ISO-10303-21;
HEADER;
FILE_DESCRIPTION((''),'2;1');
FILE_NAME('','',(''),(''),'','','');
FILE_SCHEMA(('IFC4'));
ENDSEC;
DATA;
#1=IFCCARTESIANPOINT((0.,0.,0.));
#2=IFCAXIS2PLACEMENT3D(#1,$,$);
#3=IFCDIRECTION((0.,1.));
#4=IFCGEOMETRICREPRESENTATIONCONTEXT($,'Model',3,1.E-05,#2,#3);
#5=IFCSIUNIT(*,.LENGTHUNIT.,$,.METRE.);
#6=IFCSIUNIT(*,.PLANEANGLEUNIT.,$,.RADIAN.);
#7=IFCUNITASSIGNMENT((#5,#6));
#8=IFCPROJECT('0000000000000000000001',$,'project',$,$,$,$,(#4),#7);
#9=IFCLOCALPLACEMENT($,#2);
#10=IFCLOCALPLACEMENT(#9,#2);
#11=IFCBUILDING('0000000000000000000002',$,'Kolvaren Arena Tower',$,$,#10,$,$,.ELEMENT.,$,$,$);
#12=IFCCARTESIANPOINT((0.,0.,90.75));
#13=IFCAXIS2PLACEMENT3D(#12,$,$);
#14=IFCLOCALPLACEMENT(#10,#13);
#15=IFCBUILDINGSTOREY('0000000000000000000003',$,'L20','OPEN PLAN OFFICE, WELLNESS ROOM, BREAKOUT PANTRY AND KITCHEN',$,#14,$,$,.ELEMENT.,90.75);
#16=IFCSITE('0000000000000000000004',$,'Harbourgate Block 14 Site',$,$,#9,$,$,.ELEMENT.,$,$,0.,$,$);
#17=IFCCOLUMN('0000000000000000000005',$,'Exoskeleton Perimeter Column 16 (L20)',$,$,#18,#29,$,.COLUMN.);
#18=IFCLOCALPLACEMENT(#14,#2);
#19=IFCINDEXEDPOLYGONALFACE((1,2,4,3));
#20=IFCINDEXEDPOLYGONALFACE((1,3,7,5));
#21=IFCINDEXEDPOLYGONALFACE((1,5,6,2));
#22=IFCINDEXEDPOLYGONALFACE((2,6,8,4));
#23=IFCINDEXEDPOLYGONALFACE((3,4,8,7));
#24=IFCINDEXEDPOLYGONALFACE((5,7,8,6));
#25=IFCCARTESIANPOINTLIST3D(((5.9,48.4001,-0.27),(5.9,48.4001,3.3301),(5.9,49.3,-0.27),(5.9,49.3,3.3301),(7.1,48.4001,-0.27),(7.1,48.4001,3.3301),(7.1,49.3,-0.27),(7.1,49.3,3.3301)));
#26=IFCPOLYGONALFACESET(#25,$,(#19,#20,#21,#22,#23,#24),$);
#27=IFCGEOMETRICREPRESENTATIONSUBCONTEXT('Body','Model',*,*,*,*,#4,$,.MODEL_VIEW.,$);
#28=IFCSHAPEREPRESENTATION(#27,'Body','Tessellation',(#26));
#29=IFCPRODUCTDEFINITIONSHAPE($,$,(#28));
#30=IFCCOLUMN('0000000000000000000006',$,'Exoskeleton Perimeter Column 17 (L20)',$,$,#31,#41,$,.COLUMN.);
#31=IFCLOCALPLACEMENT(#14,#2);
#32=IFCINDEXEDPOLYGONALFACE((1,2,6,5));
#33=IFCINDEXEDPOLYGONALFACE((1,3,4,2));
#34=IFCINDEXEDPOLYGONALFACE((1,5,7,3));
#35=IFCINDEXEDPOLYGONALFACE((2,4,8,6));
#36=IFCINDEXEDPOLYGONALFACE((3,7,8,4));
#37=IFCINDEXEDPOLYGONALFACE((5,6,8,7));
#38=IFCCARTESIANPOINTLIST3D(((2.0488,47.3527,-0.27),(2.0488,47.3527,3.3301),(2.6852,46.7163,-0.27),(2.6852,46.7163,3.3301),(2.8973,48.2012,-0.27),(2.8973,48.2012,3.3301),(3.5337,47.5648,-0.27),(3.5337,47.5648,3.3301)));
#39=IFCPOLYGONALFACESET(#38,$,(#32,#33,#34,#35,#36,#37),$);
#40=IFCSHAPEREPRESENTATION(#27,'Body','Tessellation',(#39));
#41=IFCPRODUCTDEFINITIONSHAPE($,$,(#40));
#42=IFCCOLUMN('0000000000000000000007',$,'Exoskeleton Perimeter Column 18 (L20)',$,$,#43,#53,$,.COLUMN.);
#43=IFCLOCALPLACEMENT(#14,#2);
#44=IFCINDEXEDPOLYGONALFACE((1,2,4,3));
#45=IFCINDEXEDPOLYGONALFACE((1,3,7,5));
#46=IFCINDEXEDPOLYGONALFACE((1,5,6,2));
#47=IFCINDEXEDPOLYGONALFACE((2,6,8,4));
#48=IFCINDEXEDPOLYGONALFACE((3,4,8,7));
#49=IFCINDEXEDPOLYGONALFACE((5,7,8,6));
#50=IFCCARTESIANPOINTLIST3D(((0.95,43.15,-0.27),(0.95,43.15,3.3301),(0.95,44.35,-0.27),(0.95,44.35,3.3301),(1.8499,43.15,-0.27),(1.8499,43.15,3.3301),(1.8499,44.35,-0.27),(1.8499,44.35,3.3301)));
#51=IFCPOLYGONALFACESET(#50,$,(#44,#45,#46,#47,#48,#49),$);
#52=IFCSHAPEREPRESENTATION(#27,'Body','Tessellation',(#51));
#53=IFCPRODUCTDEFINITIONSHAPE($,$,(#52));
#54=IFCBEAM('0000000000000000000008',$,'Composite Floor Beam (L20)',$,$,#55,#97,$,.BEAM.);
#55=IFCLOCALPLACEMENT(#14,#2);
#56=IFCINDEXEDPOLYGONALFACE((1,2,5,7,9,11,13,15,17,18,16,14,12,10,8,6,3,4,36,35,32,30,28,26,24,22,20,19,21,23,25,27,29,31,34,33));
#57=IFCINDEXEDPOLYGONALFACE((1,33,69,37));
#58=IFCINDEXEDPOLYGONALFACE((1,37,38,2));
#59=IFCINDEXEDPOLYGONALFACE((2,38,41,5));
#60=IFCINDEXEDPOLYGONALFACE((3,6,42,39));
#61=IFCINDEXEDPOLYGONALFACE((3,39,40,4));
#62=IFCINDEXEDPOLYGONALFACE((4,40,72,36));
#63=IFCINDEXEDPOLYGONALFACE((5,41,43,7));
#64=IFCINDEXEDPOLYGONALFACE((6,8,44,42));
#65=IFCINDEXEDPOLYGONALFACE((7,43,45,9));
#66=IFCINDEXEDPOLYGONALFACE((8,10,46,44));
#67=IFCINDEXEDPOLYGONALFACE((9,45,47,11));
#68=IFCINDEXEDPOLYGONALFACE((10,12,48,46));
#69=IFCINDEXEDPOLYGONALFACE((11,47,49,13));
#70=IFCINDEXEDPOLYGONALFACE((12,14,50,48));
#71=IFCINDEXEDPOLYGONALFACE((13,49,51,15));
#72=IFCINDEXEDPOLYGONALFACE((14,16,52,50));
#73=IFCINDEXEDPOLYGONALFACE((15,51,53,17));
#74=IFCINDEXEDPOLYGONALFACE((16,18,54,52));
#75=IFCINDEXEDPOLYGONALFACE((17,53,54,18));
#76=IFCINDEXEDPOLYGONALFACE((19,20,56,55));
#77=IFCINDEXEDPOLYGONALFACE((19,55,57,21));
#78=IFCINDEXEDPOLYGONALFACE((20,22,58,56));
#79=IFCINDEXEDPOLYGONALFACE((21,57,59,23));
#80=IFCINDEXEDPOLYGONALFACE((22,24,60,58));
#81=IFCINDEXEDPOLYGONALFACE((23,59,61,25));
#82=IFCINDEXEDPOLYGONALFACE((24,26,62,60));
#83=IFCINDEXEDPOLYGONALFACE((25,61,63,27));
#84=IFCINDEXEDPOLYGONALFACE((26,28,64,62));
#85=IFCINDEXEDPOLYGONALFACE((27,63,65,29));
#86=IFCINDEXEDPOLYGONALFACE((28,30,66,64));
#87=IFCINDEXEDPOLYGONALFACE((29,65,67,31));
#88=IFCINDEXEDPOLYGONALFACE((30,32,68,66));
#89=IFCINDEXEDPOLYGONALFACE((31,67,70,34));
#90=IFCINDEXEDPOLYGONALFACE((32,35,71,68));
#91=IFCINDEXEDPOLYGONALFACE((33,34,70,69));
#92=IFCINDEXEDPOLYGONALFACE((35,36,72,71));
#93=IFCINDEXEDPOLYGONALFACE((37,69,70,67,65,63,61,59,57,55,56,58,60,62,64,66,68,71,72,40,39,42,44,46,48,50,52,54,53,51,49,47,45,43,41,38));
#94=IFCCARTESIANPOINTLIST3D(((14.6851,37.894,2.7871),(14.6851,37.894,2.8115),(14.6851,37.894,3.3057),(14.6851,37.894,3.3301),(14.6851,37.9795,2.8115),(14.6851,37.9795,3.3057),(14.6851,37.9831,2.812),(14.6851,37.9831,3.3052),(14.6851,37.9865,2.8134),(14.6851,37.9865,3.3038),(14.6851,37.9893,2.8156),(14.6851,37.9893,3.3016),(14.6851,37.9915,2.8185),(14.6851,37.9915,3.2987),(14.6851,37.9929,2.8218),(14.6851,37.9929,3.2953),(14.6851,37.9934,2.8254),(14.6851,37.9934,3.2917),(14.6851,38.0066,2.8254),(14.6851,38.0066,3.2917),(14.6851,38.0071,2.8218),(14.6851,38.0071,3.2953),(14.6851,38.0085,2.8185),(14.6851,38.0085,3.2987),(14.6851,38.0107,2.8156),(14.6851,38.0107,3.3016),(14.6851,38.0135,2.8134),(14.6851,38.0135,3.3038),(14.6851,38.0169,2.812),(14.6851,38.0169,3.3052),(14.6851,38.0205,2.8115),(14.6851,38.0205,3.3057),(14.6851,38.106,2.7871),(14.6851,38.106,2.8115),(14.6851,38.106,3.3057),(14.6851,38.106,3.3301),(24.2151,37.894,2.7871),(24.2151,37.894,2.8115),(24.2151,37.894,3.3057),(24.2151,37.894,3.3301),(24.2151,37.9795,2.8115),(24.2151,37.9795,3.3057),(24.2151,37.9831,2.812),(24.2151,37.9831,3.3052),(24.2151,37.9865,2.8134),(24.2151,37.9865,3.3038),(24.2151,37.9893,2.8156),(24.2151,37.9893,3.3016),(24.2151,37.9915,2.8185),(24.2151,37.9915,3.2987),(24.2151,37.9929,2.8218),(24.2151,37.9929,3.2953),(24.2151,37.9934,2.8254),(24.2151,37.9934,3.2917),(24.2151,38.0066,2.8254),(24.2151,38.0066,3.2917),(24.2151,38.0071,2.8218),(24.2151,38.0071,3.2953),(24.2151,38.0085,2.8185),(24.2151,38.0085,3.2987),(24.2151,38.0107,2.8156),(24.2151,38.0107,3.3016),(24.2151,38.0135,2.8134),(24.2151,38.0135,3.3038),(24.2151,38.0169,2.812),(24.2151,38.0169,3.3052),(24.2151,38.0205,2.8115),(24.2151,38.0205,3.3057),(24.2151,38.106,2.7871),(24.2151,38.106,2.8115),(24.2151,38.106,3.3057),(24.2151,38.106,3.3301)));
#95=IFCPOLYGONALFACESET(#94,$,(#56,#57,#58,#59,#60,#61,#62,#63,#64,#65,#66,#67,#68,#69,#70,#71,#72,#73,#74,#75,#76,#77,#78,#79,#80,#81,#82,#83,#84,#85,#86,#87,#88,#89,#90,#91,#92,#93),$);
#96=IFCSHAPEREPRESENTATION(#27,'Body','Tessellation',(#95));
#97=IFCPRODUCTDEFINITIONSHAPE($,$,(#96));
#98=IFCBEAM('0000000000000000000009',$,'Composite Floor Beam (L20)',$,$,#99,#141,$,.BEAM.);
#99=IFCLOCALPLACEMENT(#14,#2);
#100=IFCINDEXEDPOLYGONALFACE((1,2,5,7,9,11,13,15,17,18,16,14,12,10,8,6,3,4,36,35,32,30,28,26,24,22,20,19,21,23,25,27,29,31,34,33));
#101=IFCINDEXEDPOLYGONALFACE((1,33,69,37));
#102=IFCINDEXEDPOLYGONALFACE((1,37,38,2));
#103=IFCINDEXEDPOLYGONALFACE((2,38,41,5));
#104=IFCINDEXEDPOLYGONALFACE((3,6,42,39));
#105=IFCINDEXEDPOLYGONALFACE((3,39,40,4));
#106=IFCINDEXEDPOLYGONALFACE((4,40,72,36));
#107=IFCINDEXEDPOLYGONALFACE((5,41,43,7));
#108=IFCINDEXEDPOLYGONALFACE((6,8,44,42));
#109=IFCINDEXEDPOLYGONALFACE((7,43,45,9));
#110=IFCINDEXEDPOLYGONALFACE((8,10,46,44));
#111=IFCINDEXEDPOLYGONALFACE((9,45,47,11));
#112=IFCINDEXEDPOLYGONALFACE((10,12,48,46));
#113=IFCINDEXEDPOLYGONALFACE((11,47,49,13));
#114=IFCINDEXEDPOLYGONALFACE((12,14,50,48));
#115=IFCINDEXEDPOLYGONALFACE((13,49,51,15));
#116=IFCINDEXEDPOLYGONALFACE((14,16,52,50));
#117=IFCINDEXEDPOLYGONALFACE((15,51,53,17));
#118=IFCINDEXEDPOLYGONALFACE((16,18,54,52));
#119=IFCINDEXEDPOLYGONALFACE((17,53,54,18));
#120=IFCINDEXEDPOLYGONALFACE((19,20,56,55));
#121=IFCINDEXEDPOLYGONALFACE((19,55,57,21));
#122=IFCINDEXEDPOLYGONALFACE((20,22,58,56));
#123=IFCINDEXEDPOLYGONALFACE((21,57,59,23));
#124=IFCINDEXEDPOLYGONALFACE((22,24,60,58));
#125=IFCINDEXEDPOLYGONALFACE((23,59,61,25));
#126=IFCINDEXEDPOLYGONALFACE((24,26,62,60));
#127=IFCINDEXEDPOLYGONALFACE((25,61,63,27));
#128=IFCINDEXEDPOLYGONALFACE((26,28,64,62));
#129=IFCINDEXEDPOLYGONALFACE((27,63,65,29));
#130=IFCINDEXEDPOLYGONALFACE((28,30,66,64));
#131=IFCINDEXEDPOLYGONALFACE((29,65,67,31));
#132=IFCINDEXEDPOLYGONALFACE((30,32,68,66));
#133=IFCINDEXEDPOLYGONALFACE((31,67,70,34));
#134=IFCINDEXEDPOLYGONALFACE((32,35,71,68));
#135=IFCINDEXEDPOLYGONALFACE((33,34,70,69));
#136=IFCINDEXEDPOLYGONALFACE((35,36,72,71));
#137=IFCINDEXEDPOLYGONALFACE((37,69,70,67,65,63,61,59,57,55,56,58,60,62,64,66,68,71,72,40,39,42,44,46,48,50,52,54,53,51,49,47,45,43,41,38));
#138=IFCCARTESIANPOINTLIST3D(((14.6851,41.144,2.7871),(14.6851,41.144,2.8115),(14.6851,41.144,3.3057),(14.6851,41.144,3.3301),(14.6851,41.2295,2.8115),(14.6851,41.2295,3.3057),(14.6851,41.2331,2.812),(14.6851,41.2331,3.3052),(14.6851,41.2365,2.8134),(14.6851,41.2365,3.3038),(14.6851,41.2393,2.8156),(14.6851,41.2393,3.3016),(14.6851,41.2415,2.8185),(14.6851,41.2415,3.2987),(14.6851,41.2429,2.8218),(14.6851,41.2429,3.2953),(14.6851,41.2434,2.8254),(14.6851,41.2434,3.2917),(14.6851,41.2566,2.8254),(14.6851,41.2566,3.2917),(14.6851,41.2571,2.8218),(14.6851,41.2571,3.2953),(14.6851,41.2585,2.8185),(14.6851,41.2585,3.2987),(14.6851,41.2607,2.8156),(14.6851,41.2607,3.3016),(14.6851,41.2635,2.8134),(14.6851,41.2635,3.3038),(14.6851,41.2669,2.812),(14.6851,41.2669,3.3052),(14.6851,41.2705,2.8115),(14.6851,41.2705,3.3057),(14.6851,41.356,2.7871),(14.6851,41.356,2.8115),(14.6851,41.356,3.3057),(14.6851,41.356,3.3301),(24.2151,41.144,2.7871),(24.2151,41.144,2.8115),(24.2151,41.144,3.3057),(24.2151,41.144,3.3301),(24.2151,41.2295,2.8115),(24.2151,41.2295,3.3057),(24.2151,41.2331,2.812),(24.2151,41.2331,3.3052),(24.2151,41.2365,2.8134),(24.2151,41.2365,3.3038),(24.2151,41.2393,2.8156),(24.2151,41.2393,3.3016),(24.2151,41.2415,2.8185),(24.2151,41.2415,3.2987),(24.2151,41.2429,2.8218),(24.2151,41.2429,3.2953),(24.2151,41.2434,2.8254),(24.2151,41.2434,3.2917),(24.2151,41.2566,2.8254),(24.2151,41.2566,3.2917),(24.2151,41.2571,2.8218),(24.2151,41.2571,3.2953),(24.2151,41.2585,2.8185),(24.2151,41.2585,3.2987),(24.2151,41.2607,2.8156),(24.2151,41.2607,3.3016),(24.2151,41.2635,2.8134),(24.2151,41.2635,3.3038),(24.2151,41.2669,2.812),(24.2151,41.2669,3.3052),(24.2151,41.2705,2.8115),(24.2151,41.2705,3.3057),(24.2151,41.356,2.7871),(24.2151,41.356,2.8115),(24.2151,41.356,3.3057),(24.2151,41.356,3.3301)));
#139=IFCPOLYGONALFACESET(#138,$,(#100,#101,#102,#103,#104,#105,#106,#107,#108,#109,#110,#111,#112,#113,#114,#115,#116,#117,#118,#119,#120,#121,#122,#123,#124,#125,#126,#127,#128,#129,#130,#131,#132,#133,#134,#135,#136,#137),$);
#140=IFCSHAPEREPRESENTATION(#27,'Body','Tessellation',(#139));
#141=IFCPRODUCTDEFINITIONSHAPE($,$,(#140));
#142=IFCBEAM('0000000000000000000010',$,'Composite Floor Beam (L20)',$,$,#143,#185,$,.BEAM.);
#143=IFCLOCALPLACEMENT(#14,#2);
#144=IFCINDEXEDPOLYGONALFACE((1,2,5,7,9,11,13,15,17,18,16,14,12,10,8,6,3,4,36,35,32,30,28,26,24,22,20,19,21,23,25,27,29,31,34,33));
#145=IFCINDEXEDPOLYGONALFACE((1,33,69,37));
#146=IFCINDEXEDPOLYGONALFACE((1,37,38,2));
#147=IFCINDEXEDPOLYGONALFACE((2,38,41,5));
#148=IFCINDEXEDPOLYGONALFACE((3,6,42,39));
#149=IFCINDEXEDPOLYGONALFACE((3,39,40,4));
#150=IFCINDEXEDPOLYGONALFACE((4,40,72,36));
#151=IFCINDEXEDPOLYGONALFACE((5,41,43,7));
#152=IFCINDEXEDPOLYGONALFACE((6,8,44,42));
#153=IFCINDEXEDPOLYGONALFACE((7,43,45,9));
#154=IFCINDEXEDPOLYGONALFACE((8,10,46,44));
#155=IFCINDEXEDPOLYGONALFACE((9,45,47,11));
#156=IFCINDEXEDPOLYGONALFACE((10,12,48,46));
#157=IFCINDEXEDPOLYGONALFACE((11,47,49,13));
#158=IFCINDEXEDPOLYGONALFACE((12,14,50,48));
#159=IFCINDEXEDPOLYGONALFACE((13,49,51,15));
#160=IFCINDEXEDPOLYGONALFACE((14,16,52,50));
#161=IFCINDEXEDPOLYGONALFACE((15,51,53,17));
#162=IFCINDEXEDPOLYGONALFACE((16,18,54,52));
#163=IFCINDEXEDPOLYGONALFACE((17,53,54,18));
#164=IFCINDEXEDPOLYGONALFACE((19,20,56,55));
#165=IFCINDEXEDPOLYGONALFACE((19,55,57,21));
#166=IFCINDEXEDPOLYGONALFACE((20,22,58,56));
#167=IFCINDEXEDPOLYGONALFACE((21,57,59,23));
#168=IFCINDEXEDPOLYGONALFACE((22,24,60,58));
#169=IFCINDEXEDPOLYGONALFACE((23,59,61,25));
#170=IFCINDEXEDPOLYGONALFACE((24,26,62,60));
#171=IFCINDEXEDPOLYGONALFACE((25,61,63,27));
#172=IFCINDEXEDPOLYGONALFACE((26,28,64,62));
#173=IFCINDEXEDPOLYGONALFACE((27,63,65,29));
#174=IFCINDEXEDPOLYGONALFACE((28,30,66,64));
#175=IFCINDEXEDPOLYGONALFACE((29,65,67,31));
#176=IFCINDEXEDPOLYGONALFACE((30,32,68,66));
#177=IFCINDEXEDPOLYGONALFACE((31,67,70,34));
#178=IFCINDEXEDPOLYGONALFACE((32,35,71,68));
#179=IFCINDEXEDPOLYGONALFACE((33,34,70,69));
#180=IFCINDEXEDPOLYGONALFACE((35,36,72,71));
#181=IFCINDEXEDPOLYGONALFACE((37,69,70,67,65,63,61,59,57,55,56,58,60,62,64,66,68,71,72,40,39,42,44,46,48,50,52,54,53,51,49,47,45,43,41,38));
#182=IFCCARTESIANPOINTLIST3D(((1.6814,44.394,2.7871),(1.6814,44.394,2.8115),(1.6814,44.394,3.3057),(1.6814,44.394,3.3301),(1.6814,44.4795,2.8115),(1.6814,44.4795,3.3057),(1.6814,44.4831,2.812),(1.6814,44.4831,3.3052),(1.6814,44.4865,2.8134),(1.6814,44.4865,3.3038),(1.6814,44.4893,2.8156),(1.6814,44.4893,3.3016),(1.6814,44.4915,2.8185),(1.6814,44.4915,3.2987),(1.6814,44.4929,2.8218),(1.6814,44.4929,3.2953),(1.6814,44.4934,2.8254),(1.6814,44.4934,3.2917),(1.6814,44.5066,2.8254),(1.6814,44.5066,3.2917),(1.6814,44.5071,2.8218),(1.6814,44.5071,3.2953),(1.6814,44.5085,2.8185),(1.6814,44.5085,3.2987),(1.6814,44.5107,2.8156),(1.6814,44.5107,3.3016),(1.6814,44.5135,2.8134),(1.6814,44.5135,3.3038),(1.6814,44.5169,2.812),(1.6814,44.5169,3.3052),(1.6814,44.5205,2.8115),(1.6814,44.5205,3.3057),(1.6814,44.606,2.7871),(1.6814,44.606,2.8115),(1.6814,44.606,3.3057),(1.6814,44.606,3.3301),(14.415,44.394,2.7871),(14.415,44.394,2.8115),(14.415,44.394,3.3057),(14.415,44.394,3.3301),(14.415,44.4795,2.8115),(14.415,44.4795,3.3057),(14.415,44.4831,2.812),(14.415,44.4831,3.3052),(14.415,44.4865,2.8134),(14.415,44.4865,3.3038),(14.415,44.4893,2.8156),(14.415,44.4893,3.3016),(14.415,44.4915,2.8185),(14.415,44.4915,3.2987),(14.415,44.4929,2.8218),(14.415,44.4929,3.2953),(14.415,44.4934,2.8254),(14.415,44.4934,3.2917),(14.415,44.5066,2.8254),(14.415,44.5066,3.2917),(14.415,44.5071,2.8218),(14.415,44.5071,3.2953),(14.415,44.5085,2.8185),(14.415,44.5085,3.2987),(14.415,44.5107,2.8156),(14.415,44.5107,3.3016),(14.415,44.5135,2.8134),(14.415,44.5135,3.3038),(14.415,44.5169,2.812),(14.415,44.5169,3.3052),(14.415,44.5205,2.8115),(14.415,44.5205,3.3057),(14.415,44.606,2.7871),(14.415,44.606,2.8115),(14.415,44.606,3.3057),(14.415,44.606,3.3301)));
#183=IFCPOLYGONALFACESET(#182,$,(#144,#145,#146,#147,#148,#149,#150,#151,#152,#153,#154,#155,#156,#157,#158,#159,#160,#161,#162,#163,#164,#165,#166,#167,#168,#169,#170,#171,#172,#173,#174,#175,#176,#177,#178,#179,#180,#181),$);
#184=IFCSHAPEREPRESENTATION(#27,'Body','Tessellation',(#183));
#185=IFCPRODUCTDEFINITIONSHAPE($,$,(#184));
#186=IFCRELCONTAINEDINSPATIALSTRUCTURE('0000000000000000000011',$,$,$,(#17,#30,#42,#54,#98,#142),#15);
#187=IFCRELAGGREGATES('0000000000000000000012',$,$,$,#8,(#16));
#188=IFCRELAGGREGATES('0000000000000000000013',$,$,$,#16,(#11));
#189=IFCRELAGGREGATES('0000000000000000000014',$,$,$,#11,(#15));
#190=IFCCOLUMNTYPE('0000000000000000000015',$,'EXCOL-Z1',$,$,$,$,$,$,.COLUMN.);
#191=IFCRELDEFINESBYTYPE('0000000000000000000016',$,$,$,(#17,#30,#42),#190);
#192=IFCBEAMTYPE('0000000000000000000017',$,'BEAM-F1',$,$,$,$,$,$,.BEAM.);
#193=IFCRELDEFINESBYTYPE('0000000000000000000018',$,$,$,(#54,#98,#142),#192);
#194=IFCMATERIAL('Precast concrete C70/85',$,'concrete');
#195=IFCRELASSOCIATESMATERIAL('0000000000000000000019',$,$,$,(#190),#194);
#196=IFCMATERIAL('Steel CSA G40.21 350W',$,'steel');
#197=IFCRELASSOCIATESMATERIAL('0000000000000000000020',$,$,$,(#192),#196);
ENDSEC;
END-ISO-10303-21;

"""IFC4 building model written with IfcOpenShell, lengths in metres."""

from ifc_helpers import new_model, si_unit, direction, frame, origin, origin_2d, place, context, subcontext, project, spatial, rectangle, i_section, extrude, material, material_profile, profile_set, type_object, element, save


model = new_model("IFC4")

# Units and contexts
model_context = context("Model", 3, precision=1e-05, world=origin(), true_north=direction((0.0, 1.0)))
body_context = subcontext(model_context, "Body", "Model", "MODEL_VIEW")
ifc_project = project(units=[si_unit("LENGTHUNIT", "METRE"), si_unit("PLANEANGLEUNIT", "RADIAN")], contexts=[model_context])

# Site, building, storey
site_placement = place(None, origin())
site = spatial("IfcSite", under=ifc_project, at=site_placement, Name="Harbourgate Block 14 Site", CompositionType="ELEMENT", RefElevation=0.0)
building_placement = place(site_placement, origin())
building = spatial("IfcBuilding", under=site, at=building_placement, Name="Kolvaren Arena Tower", CompositionType="ELEMENT")
storey_placement = place(building_placement, frame((0.0, 0.0, 90.75)))
storey = spatial("IfcBuildingStorey", under=building, at=storey_placement, Name="L20", Description="OPEN PLAN OFFICE, WELLNESS ROOM, BREAKOUT PANTRY AND KITCHEN", CompositionType="ELEMENT", Elevation=90.75)

# Columns
ifc_material_1 = material(Name="Precast concrete C70/85", Category="concrete")
ifc_material_profile_1 = material_profile(ifc_material_1, rectangle(XDim=1.2, YDim=0.8999, at=origin_2d()), Name="RC-1200x900")
ifc_profile_set_1 = profile_set([ifc_material_profile_1], Name="Precast concrete C70/85")
column_type = type_object("IfcColumnType", Name="EXCOL-Z1", PredefinedType="COLUMN", material=ifc_profile_set_1)
for number, where, z_axis, x_axis, name in (
    (1, (6.5, 48.8501, -0.27), (0.0, 0.0, 1.0), (1.0, 0.0, 0.0), "Exoskeleton Perimeter Column 16 (L20)"),
    (2, (2.7913, 47.4587, -0.27), (0.0, 0.0, 1.0), (0.707107, 0.707107, 0.0), "Exoskeleton Perimeter Column 17 (L20)"),
    (3, (1.3999, 43.75, -0.27), (0.0, 0.0, 1.0), (0.0, 1.0, 0.0), "Exoskeleton Perimeter Column 18 (L20)"),
):
    element("IfcColumn", number, at=place(storey_placement, frame(where, z_axis=z_axis, x_axis=x_axis)), inside=storey, type_object=column_type, Name=name, PredefinedType="COLUMN", context=body_context, shape_type="SweptSolid", body=[
        extrude(rectangle(XDim=1.2, YDim=0.8999, at=origin_2d()), origin(), (0.0, 0.0, 1.0), 3.6001),
    ])

# Beams
ifc_material_2 = material(Name="Steel CSA G40.21 350W", Category="steel")
ifc_material_profile_2 = material_profile(ifc_material_2, i_section(OverallWidth=0.2119, OverallDepth=0.543, WebThickness=0.0132, FlangeThickness=0.0244, FilletRadius=0.0139, at=origin_2d()), Name="W530x150")
ifc_profile_set_2 = profile_set([ifc_material_profile_2], Name="Steel CSA G40.21 350W")
beam_type_1 = type_object("IfcBeamType", Name="BEAM-F1", PredefinedType="BEAM", material=ifc_profile_set_2)
for number, where, z_axis, x_axis, name in (
    (4, (14.6851, 38.0, 3.0586), (1.0, 0.0, 0.0), (0.0, 1.0, 0.0), "Composite Floor Beam (L20)"),
    (5, (14.6851, 41.25, 3.0586), (1.0, 0.0, 0.0), (0.0, 1.0, 0.0), "Composite Floor Beam (L20)"),
):
    element("IfcBeam", number, at=place(storey_placement, frame(where, z_axis=z_axis, x_axis=x_axis)), inside=storey, type_object=beam_type_1, Name=name, PredefinedType="BEAM", context=body_context, shape_type="SweptSolid", body=[
        extrude(i_section(OverallWidth=0.2119, OverallDepth=0.543, WebThickness=0.0132, FlangeThickness=0.0244, FilletRadius=0.0139, at=origin_2d()), origin(), (0.0, 0.0, 1.0), 9.53),
    ])
beam_1_placement = place(storey_placement, frame((1.6814, 44.5, 3.0586), z_axis=(1.0, 0.0, 0.0), x_axis=(0.0, 1.0, 0.0)))
element("IfcBeam", 6, at=beam_1_placement, inside=storey, type_object=beam_type_1, Name="Composite Floor Beam (L20)", PredefinedType="BEAM", context=body_context, shape_type="SweptSolid", body=[
    extrude(i_section(OverallWidth=0.2119, OverallDepth=0.543, WebThickness=0.0132, FlangeThickness=0.0244, FilletRadius=0.0139, at=origin_2d()), origin(), (0.0, 0.0, 1.0), 12.7336),
])

save(model, "model.ifc")
